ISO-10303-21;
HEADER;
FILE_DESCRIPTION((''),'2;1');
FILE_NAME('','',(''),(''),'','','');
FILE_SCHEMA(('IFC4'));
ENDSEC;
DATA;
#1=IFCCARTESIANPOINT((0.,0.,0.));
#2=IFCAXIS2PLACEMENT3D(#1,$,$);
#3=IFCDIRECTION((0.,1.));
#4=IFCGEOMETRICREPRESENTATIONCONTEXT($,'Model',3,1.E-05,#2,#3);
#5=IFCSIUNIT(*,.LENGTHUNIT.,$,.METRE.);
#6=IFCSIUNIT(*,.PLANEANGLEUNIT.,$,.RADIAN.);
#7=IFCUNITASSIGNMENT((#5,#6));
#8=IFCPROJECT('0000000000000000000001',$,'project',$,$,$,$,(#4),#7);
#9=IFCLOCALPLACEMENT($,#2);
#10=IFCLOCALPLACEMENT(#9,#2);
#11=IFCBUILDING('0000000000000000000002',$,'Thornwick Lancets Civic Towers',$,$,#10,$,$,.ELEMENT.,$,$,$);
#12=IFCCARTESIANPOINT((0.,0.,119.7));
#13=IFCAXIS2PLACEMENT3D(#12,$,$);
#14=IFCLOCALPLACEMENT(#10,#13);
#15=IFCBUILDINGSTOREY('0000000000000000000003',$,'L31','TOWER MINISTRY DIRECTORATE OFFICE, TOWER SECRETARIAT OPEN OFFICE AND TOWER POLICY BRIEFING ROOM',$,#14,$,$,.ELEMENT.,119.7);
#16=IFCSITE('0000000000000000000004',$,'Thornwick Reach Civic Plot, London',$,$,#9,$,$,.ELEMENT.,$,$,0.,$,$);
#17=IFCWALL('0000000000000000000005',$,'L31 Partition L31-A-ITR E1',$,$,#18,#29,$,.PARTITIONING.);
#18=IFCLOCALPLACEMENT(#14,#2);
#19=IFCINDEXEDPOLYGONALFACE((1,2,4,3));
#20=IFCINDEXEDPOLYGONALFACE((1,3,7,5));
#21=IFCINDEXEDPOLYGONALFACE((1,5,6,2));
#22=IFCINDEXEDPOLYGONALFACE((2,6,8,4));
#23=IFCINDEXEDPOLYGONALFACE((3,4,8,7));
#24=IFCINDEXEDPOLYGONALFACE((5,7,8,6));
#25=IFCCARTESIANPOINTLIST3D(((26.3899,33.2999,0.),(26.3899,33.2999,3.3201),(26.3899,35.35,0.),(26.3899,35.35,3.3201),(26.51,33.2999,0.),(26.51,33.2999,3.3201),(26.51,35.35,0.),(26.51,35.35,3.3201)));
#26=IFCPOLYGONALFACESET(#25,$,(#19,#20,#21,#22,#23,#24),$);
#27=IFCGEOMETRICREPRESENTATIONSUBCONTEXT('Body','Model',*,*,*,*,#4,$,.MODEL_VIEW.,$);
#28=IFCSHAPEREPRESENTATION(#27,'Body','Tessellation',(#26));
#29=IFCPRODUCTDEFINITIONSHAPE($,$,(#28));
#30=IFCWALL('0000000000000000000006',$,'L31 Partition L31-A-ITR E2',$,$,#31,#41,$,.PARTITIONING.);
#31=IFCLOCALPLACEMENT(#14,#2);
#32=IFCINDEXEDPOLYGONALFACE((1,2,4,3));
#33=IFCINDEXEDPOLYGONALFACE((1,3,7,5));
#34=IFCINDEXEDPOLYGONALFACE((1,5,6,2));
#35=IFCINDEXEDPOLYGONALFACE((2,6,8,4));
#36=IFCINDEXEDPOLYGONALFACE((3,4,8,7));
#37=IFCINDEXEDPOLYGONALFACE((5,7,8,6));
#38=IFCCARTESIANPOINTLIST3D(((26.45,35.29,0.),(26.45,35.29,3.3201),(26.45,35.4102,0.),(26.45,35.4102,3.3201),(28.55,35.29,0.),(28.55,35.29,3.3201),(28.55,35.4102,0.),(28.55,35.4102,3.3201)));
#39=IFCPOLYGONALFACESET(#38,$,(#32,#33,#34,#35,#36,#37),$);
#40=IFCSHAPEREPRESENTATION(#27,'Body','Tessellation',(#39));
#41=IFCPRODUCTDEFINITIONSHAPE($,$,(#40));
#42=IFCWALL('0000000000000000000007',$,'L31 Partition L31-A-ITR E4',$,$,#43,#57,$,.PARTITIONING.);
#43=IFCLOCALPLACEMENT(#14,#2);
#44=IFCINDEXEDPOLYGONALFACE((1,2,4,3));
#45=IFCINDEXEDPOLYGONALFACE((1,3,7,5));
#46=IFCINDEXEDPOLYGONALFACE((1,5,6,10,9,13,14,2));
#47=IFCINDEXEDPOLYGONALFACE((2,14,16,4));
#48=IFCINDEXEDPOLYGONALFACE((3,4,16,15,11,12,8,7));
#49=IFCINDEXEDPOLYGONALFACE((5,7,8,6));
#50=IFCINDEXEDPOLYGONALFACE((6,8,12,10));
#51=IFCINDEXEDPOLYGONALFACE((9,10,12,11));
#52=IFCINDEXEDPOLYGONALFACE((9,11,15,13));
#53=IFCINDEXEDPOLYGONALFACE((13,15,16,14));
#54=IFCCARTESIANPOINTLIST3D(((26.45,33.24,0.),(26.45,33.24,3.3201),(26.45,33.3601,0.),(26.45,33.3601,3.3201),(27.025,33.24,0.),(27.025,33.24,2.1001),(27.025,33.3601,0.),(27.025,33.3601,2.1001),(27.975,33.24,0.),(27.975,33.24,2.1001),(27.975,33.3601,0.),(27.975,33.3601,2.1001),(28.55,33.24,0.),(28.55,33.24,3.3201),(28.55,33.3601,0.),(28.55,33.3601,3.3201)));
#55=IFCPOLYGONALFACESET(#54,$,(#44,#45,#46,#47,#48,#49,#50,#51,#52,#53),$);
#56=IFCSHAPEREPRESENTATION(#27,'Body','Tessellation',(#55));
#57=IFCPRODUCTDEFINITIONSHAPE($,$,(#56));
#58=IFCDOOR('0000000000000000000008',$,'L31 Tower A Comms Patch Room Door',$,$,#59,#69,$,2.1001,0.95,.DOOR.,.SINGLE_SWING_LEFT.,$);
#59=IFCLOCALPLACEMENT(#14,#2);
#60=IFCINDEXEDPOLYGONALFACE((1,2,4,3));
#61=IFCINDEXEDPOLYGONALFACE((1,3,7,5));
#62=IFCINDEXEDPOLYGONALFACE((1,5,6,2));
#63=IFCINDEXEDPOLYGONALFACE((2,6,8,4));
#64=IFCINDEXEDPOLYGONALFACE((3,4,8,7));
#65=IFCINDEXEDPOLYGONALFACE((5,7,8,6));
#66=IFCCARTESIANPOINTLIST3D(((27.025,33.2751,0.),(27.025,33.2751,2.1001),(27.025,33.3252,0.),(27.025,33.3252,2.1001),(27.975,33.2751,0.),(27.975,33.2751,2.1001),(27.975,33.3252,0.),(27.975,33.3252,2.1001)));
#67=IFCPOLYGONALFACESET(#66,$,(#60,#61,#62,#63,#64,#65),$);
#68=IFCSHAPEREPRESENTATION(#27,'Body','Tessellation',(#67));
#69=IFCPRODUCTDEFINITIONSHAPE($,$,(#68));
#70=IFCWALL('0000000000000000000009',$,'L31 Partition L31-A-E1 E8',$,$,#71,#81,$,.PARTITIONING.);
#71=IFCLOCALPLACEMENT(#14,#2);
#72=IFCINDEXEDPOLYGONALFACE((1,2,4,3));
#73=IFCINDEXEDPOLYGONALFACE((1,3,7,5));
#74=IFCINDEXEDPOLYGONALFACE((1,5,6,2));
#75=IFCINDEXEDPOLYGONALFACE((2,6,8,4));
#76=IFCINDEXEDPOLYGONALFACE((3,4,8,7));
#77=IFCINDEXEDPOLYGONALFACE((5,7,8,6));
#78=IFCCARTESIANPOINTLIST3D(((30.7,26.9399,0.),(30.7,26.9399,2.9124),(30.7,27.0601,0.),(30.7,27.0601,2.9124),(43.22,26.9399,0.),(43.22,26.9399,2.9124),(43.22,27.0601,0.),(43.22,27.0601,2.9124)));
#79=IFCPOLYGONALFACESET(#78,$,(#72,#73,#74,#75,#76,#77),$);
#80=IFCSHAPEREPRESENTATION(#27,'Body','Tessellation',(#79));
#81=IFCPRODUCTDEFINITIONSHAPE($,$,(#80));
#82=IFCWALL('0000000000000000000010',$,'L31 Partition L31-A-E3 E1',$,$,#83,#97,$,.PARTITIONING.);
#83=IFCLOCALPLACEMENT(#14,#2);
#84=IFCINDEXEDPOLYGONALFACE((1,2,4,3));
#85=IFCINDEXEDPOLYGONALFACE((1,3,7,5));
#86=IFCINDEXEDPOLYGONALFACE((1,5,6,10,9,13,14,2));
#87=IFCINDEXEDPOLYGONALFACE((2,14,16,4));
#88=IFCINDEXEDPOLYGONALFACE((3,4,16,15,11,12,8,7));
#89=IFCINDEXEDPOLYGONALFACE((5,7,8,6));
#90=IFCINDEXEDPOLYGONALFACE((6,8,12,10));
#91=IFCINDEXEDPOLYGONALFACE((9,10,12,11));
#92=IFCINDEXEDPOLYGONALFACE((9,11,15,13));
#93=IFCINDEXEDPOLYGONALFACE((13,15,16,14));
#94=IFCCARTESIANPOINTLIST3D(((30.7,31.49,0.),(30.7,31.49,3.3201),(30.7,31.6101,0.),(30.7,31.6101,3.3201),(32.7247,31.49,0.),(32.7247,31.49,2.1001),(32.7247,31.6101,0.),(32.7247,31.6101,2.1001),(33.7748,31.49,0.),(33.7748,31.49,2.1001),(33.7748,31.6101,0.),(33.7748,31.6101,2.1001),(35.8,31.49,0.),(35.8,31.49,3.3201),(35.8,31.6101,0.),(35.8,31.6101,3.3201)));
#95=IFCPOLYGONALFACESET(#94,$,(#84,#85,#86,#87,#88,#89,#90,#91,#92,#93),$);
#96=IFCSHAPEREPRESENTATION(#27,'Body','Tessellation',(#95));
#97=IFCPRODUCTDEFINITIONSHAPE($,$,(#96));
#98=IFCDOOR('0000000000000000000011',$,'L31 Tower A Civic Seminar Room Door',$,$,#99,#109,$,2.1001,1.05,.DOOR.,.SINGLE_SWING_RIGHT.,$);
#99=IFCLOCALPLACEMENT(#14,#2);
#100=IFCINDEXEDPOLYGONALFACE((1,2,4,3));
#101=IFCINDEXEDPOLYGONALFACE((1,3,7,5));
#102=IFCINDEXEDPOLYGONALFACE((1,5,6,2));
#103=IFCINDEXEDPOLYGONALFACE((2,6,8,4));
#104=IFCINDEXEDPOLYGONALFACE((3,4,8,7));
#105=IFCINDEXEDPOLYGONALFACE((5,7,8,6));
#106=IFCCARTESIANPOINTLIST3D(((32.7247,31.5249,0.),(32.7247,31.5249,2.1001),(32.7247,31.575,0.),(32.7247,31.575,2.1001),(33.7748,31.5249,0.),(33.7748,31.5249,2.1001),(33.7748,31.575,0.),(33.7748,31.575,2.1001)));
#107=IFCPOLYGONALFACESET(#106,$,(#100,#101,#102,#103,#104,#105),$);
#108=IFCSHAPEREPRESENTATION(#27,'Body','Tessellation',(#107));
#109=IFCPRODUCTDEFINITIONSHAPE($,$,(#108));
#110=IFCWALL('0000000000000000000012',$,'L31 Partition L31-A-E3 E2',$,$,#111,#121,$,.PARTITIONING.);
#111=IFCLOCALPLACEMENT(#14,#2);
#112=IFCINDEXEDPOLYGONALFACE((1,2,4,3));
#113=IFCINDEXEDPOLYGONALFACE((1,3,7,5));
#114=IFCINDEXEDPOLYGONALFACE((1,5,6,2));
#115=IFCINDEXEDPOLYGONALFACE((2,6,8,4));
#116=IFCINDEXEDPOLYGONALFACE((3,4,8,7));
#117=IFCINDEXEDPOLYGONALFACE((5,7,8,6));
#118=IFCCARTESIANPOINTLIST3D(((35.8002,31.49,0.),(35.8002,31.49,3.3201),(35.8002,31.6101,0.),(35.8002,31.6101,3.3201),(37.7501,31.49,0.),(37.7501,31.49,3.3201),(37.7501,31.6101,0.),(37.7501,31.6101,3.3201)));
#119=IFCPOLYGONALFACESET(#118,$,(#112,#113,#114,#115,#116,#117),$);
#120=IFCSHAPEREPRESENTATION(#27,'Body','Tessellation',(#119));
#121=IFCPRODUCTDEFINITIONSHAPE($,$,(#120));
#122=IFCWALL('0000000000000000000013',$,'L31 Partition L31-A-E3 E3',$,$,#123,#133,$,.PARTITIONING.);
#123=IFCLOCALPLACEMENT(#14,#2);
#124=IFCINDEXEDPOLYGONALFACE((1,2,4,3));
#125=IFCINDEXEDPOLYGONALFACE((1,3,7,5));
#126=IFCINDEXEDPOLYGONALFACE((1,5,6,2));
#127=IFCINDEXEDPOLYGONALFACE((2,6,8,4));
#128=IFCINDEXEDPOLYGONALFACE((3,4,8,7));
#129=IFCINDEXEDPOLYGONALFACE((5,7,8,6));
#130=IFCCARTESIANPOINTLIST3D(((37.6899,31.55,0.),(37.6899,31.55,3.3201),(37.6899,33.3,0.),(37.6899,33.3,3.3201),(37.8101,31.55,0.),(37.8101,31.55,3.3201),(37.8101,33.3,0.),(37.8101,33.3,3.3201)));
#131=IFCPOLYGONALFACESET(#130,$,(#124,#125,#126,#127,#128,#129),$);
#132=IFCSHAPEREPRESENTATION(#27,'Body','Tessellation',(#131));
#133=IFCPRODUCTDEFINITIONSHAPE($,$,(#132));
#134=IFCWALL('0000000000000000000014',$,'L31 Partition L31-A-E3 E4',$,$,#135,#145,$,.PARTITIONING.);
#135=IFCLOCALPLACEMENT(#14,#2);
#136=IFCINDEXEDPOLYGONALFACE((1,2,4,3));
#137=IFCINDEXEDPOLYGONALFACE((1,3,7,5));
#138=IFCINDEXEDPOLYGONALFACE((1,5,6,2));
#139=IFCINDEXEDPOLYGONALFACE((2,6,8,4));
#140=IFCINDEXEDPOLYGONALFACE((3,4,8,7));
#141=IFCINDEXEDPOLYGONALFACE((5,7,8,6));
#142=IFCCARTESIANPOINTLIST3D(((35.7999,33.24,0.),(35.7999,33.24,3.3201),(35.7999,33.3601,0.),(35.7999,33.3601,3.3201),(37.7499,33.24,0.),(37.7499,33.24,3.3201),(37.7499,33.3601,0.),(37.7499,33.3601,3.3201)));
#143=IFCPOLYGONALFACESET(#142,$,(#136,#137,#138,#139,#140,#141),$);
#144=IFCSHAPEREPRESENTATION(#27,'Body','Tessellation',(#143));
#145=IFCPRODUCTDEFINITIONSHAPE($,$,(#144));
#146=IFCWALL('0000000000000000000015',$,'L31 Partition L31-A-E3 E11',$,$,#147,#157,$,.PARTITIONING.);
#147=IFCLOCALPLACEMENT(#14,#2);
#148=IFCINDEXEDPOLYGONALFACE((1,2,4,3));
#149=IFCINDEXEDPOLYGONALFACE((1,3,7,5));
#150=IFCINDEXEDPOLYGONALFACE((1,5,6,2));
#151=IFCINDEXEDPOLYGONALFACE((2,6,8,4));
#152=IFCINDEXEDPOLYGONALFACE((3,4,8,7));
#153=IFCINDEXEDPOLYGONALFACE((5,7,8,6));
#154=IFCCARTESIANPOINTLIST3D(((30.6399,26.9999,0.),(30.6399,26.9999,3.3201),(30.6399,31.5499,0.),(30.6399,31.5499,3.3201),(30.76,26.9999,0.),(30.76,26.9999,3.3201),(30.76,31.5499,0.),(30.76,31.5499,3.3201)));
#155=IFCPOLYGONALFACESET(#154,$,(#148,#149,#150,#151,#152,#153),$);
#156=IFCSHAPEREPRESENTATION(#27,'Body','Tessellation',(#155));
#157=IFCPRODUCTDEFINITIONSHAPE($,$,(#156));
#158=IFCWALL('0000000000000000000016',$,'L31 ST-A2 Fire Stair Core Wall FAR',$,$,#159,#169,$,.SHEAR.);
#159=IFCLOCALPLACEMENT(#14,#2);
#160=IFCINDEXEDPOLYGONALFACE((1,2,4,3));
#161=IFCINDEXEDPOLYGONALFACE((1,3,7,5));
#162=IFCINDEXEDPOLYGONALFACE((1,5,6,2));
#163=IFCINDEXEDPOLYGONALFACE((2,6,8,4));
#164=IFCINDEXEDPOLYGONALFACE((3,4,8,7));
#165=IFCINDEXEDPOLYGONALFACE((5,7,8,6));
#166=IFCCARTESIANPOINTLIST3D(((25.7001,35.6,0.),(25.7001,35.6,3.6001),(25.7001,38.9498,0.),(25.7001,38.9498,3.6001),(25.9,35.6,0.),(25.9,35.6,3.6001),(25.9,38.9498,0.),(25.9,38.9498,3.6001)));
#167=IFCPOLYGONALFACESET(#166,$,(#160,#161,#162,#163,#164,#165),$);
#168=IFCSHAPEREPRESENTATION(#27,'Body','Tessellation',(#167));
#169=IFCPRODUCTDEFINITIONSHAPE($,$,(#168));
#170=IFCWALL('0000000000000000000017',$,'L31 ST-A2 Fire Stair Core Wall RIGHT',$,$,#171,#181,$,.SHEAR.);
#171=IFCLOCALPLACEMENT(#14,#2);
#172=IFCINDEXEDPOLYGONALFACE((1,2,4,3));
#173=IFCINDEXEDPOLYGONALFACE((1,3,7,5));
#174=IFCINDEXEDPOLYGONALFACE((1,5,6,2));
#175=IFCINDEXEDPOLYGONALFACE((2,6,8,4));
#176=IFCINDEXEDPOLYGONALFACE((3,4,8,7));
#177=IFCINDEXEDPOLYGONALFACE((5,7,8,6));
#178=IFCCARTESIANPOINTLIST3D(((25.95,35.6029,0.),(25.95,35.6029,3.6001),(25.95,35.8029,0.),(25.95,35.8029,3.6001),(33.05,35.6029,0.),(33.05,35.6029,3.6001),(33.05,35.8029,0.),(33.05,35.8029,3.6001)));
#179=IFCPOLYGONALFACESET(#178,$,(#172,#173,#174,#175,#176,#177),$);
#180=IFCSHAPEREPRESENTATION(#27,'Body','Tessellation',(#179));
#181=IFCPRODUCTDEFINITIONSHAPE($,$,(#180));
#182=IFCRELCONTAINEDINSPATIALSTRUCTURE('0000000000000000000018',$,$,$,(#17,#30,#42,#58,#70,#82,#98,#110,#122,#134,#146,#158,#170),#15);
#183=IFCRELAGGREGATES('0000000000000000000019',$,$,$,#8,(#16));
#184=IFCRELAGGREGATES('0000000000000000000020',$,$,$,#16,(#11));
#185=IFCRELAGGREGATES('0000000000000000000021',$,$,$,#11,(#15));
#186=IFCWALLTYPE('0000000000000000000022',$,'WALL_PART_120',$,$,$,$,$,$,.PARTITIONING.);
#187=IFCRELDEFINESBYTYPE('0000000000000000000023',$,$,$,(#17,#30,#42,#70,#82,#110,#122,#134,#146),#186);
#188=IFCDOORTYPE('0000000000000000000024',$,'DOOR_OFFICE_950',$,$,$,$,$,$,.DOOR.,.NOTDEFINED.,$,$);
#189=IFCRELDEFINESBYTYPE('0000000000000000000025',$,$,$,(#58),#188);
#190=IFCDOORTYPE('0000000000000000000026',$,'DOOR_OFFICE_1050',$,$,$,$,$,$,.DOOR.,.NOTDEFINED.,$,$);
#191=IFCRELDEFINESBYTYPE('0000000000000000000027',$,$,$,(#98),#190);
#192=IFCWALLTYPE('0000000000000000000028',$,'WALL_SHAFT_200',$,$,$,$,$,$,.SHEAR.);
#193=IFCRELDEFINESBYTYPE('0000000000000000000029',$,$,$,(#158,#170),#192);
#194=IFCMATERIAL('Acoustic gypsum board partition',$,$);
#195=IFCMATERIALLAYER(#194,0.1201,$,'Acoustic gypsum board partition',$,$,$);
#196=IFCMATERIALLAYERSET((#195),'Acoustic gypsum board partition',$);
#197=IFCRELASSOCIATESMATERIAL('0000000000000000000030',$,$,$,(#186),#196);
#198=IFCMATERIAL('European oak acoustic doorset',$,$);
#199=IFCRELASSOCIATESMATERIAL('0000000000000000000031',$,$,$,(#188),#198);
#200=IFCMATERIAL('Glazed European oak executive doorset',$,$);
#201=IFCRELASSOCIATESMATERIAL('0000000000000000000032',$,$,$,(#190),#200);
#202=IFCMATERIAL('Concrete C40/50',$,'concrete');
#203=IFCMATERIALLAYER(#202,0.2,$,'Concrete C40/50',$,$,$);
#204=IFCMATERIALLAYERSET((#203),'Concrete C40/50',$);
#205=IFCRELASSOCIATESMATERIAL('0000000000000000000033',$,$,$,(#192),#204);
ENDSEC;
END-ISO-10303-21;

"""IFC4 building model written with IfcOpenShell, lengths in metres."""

from ifc_helpers import new_model, si_unit, direction, frame, frame_2d, origin, place, context, subcontext, project, spatial, rectangle, extrude, material, layer, layer_set, type_object, element, fill, save


model = new_model("IFC4")

# Units and contexts
model_context = context("Model", 3, precision=1e-05, world=origin(), true_north=direction((0.0, 1.0)))
body_context = subcontext(model_context, "Body", "Model", "MODEL_VIEW")
ifc_project = project(units=[si_unit("LENGTHUNIT", "METRE"), si_unit("PLANEANGLEUNIT", "RADIAN")], contexts=[model_context])

# Site, building, storey
site_placement = place(None, origin())
site = spatial("IfcSite", under=ifc_project, at=site_placement, Name="Thornwick Reach Civic Plot, London", CompositionType="ELEMENT", RefElevation=0.0)
building_placement = place(site_placement, origin())
building = spatial("IfcBuilding", under=site, at=building_placement, Name="Thornwick Lancets Civic Towers", CompositionType="ELEMENT")
storey_placement = place(building_placement, frame((0.0, 0.0, 119.7)))
storey = spatial("IfcBuildingStorey", under=building, at=storey_placement, Name="L31", Description="TOWER MINISTRY DIRECTORATE OFFICE, TOWER SECRETARIAT OPEN OFFICE AND TOWER POLICY BRIEFING ROOM", CompositionType="ELEMENT", Elevation=119.7)

# Walls
ifc_material_1 = material(Name="Acoustic gypsum board partition")
ifc_layer_1 = layer(ifc_material_1, 0.1201, Name="Acoustic gypsum board partition")
ifc_layer_set_1 = layer_set([ifc_layer_1], Name="Acoustic gypsum board partition")
wall_type_1 = type_object("IfcWallType", Name="WALL_PART_120", PredefinedType="PARTITIONING", material=ifc_layer_set_1)
wall_1_placement = place(storey_placement, frame((26.45, 33.3, 0.0), z_axis=(0.0, 0.0, 1.0), x_axis=(0.0, 1.0, 0.0)))
element("IfcWall", 1, at=wall_1_placement, inside=storey, type_object=wall_type_1, Name="L31 Partition L31-A-ITR E1", PredefinedType="PARTITIONING", context=body_context, shape_type="SweptSolid", body=[
    extrude(rectangle(XDim=2.05, YDim=0.1201, at=frame_2d((1.0249, 0.0))), origin(), (0.0, 0.0, 1.0), 3.3201),
])
wall_2_placement = place(storey_placement, frame((26.45, 35.3501, 0.0), z_axis=(0.0, 0.0, 1.0), x_axis=(1.0, 0.0, 0.0)))
element("IfcWall", 2, at=wall_2_placement, inside=storey, type_object=wall_type_1, Name="L31 Partition L31-A-ITR E2", PredefinedType="PARTITIONING", context=body_context, shape_type="SweptSolid", body=[
    extrude(rectangle(XDim=2.1001, YDim=0.1201, at=frame_2d((1.05, 0.0))), origin(), (0.0, 0.0, 1.0), 3.3201),
])

# Wall, opening, door
wall_3_placement = place(storey_placement, frame((28.55, 33.3, 0.0), z_axis=(0.0, 0.0, 1.0), x_axis=(-1.0, 0.0, 0.0)))
wall_3 = element("IfcWall", 3, at=wall_3_placement, inside=storey, type_object=wall_type_1, Name="L31 Partition L31-A-ITR E4", PredefinedType="PARTITIONING", context=body_context, shape_type="SweptSolid", body=[
    extrude(rectangle(XDim=2.1001, YDim=0.1201, at=frame_2d((1.05, 0.0))), origin(), (0.0, 0.0, 1.0), 3.3201),
])
opening_1_placement = place(wall_3_placement, frame((0.575, 0.0, 0.0)))
opening_1 = element("IfcOpeningElement", 4, at=opening_1_placement, cuts=wall_3, PredefinedType="OPENING", context=body_context, shape_type="SweptSolid", body=[
    extrude(rectangle(XDim=0.95, YDim=2.1001, at=frame_2d((0.4751, 1.05))), frame((0.0, 0.0701, 0.0), z_axis=(0.0, -1.0, 0.0), x_axis=(1.0, 0.0, 0.0)), (0.0, 0.0, 1.0), 0.1401),
])
ifc_material_2 = material(Name="European oak acoustic doorset")
door_type_1 = type_object("IfcDoorType", Name="DOOR_OFFICE_950", OperationType="NOTDEFINED", PredefinedType="DOOR", material=ifc_material_2)
door_1_placement = place(opening_1_placement, origin())
door_1 = element("IfcDoor", 5, at=door_1_placement, inside=storey, type_object=door_type_1, Name="L31 Tower A Comms Patch Room Door", OperationType="SINGLE_SWING_LEFT", OverallHeight=2.1001, OverallWidth=0.95, PredefinedType="DOOR", context=body_context, shape_type="SweptSolid", body=[
    extrude(rectangle(XDim=0.95, YDim=2.1001, at=frame_2d((0.4751, 1.05))), frame((0.0, 0.0249, 0.0), z_axis=(0.0, -1.0, 0.0), x_axis=(1.0, 0.0, 0.0)), (0.0, 0.0, 1.0), 0.05),
])
fill(opening_1, door_1)

# Wall
wall_4_placement = place(storey_placement, frame((30.7, 27.0, 0.0), z_axis=(0.0, 0.0, 1.0), x_axis=(1.0, 0.0, 0.0)))
element("IfcWall", 6, at=wall_4_placement, inside=storey, type_object=wall_type_1, Name="L31 Partition L31-A-E1 E8", PredefinedType="PARTITIONING", context=body_context, shape_type="SweptSolid", body=[
    extrude(rectangle(XDim=12.52, YDim=0.1201, at=frame_2d((6.26, 0.0))), origin(), (0.0, 0.0, 1.0), 2.9124),
])

# Wall, opening, door
wall_5_placement = place(storey_placement, frame((30.7, 31.55, 0.0), z_axis=(0.0, 0.0, 1.0), x_axis=(1.0, 0.0, 0.0)))
wall_5 = element("IfcWall", 7, at=wall_5_placement, inside=storey, type_object=wall_type_1, Name="L31 Partition L31-A-E3 E1", PredefinedType="PARTITIONING", context=body_context, shape_type="SweptSolid", body=[
    extrude(rectangle(XDim=5.1001, YDim=0.1201, at=frame_2d((2.55, 0.0))), origin(), (0.0, 0.0, 1.0), 3.3201),
])
opening_2_placement = place(wall_5_placement, frame((2.0249, 0.0, 0.0)))
opening_2 = element("IfcOpeningElement", 8, at=opening_2_placement, cuts=wall_5, PredefinedType="OPENING", context=body_context, shape_type="SweptSolid", body=[
    extrude(rectangle(XDim=1.05, YDim=2.1001, at=frame_2d((0.5249, 1.05))), frame((0.0, 0.0701, 0.0), z_axis=(0.0, -1.0, 0.0), x_axis=(1.0, 0.0, 0.0)), (0.0, 0.0, 1.0), 0.1401),
])
ifc_material_3 = material(Name="Glazed European oak executive doorset")
door_type_2 = type_object("IfcDoorType", Name="DOOR_OFFICE_1050", OperationType="NOTDEFINED", PredefinedType="DOOR", material=ifc_material_3)
door_2_placement = place(opening_2_placement, origin())
door_2 = element("IfcDoor", 9, at=door_2_placement, inside=storey, type_object=door_type_2, Name="L31 Tower A Civic Seminar Room Door", OperationType="SINGLE_SWING_RIGHT", OverallHeight=2.1001, OverallWidth=1.05, PredefinedType="DOOR", context=body_context, shape_type="SweptSolid", body=[
    extrude(rectangle(XDim=1.05, YDim=2.1001, at=frame_2d((0.5249, 1.05))), frame((0.0, 0.0249, 0.0), z_axis=(0.0, -1.0, 0.0), x_axis=(1.0, 0.0, 0.0)), (0.0, 0.0, 1.0), 0.05),
])
fill(opening_2, door_2)

# Walls
wall_6_placement = place(storey_placement, frame((35.8, 31.55, 0.0), z_axis=(0.0, 0.0, 1.0), x_axis=(1.0, 0.0, 0.0)))
element("IfcWall", 10, at=wall_6_placement, inside=storey, type_object=wall_type_1, Name="L31 Partition L31-A-E3 E2", PredefinedType="PARTITIONING", context=body_context, shape_type="SweptSolid", body=[
    extrude(rectangle(XDim=1.95, YDim=0.1201, at=frame_2d((0.9751, 0.0))), origin(), (0.0, 0.0, 1.0), 3.3201),
])
wall_7_placement = place(storey_placement, frame((37.75, 31.55, 0.0), z_axis=(0.0, 0.0, 1.0), x_axis=(0.0, 1.0, 0.0)))
element("IfcWall", 11, at=wall_7_placement, inside=storey, type_object=wall_type_1, Name="L31 Partition L31-A-E3 E3", PredefinedType="PARTITIONING", context=body_context, shape_type="SweptSolid", body=[
    extrude(rectangle(XDim=1.75, YDim=0.1201, at=frame_2d((0.875, 0.0))), origin(), (0.0, 0.0, 1.0), 3.3201),
])
wall_8_placement = place(storey_placement, frame((37.75, 33.3, 0.0), z_axis=(0.0, 0.0, 1.0), x_axis=(-1.0, 0.0, 0.0)))
element("IfcWall", 12, at=wall_8_placement, inside=storey, type_object=wall_type_1, Name="L31 Partition L31-A-E3 E4", PredefinedType="PARTITIONING", context=body_context, shape_type="SweptSolid", body=[
    extrude(rectangle(XDim=1.95, YDim=0.1201, at=frame_2d((0.9751, 0.0))), origin(), (0.0, 0.0, 1.0), 3.3201),
])
wall_9_placement = place(storey_placement, frame((30.7, 27.0, 0.0), z_axis=(0.0, 0.0, 1.0), x_axis=(0.0, 1.0, 0.0)))
element("IfcWall", 13, at=wall_9_placement, inside=storey, type_object=wall_type_1, Name="L31 Partition L31-A-E3 E11", PredefinedType="PARTITIONING", context=body_context, shape_type="SweptSolid", body=[
    extrude(rectangle(XDim=4.55, YDim=0.1201, at=frame_2d((2.2749, 0.0))), origin(), (0.0, 0.0, 1.0), 3.3201),
])
ifc_material_4 = material(Name="Concrete C40/50", Category="concrete")
ifc_layer_2 = layer(ifc_material_4, 0.2, Name="Concrete C40/50")
ifc_layer_set_2 = layer_set([ifc_layer_2], Name="Concrete C40/50")
wall_type_2 = type_object("IfcWallType", Name="WALL_SHAFT_200", PredefinedType="SHEAR", material=ifc_layer_set_2)
wall_10_placement = place(storey_placement, frame((25.8, 35.6001, 0.0), z_axis=(0.0, 0.0, 1.0), x_axis=(0.0, 1.0, 0.0)))
element("IfcWall", 14, at=wall_10_placement, inside=storey, type_object=wall_type_2, Name="L31 ST-A2 Fire Stair Core Wall FAR", PredefinedType="SHEAR", context=body_context, shape_type="SweptSolid", body=[
    extrude(rectangle(XDim=3.3499, YDim=0.2, at=frame_2d((1.6748, 0.0))), origin(), (0.0, 0.0, 1.0), 3.6001),
])
wall_11_placement = place(storey_placement, frame((25.95, 35.7029, 0.0), z_axis=(0.0, 0.0, 1.0), x_axis=(1.0, 0.0, 0.0)))
element("IfcWall", 15, at=wall_11_placement, inside=storey, type_object=wall_type_2, Name="L31 ST-A2 Fire Stair Core Wall RIGHT", PredefinedType="SHEAR", context=body_context, shape_type="SweptSolid", body=[
    extrude(rectangle(XDim=7.1001, YDim=0.2, at=frame_2d((3.55, 0.0))), origin(), (0.0, 0.0, 1.0), 3.6001),
])

save(model, "model.ifc")
